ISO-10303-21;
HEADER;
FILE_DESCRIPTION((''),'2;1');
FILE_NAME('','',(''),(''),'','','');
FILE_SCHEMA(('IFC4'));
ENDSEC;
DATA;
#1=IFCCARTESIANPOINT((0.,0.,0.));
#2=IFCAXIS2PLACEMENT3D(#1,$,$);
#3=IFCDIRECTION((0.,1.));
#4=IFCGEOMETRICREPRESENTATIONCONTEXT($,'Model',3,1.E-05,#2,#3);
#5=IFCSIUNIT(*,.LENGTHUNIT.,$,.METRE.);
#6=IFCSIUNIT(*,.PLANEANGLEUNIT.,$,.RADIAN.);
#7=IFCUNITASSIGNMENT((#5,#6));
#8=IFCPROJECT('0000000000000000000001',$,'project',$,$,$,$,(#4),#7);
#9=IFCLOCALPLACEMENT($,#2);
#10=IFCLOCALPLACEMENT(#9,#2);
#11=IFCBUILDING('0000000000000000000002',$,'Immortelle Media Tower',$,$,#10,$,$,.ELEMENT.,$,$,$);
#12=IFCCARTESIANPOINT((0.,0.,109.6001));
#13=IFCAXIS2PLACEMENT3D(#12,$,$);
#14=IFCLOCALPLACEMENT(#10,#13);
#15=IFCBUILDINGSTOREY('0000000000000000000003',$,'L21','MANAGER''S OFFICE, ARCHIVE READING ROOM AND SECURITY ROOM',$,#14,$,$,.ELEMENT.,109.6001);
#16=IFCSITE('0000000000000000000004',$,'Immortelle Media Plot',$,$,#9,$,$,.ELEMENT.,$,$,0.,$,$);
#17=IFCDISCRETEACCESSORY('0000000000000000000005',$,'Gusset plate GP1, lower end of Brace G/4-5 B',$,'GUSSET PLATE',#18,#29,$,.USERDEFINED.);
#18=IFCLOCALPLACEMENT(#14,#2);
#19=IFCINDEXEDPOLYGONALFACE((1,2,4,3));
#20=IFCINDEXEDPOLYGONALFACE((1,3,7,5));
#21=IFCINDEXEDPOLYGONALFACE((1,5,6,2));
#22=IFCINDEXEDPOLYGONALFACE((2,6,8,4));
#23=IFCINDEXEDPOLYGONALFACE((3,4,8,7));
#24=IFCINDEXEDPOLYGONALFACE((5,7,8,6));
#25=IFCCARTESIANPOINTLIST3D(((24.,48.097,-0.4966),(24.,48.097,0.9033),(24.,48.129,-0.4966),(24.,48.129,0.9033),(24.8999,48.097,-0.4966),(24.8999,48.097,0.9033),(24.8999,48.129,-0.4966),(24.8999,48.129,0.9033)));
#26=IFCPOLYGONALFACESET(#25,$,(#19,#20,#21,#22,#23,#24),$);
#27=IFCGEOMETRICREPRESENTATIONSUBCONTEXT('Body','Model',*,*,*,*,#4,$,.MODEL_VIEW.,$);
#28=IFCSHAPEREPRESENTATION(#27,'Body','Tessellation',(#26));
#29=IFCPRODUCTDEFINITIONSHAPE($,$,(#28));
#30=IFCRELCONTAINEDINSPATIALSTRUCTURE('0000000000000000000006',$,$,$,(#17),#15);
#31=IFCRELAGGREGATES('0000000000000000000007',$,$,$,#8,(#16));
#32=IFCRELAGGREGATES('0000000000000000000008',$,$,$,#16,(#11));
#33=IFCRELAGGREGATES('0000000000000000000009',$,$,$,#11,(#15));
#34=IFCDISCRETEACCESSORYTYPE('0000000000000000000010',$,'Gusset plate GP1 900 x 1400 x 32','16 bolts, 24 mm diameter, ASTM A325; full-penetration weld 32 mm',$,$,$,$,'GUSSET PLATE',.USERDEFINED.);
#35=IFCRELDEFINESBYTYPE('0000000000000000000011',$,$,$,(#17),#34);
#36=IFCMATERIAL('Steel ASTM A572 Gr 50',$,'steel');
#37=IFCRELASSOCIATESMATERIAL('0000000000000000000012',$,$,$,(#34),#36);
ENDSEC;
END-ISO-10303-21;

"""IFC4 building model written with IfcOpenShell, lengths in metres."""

from ifc_helpers import new_model, si_unit, direction, frame, origin, origin_2d, place, context, subcontext, project, spatial, rectangle, extrude, material, material_profile, profile_set, type_object, element, save


model = new_model("IFC4")

# Units and contexts
model_context = context("Model", 3, precision=1e-05, world=origin(), true_north=direction((0.0, 1.0)))
body_context = subcontext(model_context, "Body", "Model", "MODEL_VIEW")
ifc_project = project(units=[si_unit("LENGTHUNIT", "METRE"), si_unit("PLANEANGLEUNIT", "RADIAN")], contexts=[model_context])

# Site, building, storey
site_placement = place(None, origin())
site = spatial("IfcSite", under=ifc_project, at=site_placement, Name="Immortelle Media Plot", CompositionType="ELEMENT", RefElevation=0.0)
building_placement = place(site_placement, origin())
building = spatial("IfcBuilding", under=site, at=building_placement, Name="Immortelle Media Tower", CompositionType="ELEMENT")
storey_placement = place(building_placement, frame((0.0, 0.0, 109.6001)))
storey = spatial("IfcBuildingStorey", under=building, at=storey_placement, Name="L21", Description="MANAGER'S OFFICE, ARCHIVE READING ROOM AND SECURITY ROOM", CompositionType="ELEMENT", Elevation=109.6001)

# Discrete accessory
ifc_material_1 = material(Name="Steel ASTM A572 Gr 50", Category="steel")
ifc_material_profile_1 = material_profile(ifc_material_1, rectangle(XDim=0.032, YDim=1.3999, at=origin_2d()), Name="PL 32 x 1400")
ifc_profile_set_1 = profile_set([ifc_material_profile_1], Name="Steel ASTM A572 Gr 50")
discrete_accessory_type_1 = type_object("IfcDiscreteAccessoryType", Name="Gusset plate GP1 900 x 1400 x 32", Description="16 bolts, 24 mm diameter, ASTM A325; full-penetration weld 32 mm", ElementType="GUSSET PLATE", PredefinedType="USERDEFINED", material=ifc_profile_set_1)
for number, where, z_axis, x_axis, name in (
    (1, (24.0, 48.113, 0.2034), (1.0, 0.0, 0.0), (0.0, 1.0, 0.0), "Gusset plate GP1, lower end of Brace G/4-5 B"),
):
    element("IfcDiscreteAccessory", number, at=place(storey_placement, frame(where, z_axis=z_axis, x_axis=x_axis)), inside=storey, type_object=discrete_accessory_type_1, Name=name, ObjectType="GUSSET PLATE", PredefinedType="USERDEFINED", context=body_context, shape_type="SweptSolid", body=[
        extrude(rectangle(XDim=0.032, YDim=1.3999, at=origin_2d()), origin(), (0.0, 0.0, 1.0), 0.8999),
    ])

save(model, "model.ifc")
